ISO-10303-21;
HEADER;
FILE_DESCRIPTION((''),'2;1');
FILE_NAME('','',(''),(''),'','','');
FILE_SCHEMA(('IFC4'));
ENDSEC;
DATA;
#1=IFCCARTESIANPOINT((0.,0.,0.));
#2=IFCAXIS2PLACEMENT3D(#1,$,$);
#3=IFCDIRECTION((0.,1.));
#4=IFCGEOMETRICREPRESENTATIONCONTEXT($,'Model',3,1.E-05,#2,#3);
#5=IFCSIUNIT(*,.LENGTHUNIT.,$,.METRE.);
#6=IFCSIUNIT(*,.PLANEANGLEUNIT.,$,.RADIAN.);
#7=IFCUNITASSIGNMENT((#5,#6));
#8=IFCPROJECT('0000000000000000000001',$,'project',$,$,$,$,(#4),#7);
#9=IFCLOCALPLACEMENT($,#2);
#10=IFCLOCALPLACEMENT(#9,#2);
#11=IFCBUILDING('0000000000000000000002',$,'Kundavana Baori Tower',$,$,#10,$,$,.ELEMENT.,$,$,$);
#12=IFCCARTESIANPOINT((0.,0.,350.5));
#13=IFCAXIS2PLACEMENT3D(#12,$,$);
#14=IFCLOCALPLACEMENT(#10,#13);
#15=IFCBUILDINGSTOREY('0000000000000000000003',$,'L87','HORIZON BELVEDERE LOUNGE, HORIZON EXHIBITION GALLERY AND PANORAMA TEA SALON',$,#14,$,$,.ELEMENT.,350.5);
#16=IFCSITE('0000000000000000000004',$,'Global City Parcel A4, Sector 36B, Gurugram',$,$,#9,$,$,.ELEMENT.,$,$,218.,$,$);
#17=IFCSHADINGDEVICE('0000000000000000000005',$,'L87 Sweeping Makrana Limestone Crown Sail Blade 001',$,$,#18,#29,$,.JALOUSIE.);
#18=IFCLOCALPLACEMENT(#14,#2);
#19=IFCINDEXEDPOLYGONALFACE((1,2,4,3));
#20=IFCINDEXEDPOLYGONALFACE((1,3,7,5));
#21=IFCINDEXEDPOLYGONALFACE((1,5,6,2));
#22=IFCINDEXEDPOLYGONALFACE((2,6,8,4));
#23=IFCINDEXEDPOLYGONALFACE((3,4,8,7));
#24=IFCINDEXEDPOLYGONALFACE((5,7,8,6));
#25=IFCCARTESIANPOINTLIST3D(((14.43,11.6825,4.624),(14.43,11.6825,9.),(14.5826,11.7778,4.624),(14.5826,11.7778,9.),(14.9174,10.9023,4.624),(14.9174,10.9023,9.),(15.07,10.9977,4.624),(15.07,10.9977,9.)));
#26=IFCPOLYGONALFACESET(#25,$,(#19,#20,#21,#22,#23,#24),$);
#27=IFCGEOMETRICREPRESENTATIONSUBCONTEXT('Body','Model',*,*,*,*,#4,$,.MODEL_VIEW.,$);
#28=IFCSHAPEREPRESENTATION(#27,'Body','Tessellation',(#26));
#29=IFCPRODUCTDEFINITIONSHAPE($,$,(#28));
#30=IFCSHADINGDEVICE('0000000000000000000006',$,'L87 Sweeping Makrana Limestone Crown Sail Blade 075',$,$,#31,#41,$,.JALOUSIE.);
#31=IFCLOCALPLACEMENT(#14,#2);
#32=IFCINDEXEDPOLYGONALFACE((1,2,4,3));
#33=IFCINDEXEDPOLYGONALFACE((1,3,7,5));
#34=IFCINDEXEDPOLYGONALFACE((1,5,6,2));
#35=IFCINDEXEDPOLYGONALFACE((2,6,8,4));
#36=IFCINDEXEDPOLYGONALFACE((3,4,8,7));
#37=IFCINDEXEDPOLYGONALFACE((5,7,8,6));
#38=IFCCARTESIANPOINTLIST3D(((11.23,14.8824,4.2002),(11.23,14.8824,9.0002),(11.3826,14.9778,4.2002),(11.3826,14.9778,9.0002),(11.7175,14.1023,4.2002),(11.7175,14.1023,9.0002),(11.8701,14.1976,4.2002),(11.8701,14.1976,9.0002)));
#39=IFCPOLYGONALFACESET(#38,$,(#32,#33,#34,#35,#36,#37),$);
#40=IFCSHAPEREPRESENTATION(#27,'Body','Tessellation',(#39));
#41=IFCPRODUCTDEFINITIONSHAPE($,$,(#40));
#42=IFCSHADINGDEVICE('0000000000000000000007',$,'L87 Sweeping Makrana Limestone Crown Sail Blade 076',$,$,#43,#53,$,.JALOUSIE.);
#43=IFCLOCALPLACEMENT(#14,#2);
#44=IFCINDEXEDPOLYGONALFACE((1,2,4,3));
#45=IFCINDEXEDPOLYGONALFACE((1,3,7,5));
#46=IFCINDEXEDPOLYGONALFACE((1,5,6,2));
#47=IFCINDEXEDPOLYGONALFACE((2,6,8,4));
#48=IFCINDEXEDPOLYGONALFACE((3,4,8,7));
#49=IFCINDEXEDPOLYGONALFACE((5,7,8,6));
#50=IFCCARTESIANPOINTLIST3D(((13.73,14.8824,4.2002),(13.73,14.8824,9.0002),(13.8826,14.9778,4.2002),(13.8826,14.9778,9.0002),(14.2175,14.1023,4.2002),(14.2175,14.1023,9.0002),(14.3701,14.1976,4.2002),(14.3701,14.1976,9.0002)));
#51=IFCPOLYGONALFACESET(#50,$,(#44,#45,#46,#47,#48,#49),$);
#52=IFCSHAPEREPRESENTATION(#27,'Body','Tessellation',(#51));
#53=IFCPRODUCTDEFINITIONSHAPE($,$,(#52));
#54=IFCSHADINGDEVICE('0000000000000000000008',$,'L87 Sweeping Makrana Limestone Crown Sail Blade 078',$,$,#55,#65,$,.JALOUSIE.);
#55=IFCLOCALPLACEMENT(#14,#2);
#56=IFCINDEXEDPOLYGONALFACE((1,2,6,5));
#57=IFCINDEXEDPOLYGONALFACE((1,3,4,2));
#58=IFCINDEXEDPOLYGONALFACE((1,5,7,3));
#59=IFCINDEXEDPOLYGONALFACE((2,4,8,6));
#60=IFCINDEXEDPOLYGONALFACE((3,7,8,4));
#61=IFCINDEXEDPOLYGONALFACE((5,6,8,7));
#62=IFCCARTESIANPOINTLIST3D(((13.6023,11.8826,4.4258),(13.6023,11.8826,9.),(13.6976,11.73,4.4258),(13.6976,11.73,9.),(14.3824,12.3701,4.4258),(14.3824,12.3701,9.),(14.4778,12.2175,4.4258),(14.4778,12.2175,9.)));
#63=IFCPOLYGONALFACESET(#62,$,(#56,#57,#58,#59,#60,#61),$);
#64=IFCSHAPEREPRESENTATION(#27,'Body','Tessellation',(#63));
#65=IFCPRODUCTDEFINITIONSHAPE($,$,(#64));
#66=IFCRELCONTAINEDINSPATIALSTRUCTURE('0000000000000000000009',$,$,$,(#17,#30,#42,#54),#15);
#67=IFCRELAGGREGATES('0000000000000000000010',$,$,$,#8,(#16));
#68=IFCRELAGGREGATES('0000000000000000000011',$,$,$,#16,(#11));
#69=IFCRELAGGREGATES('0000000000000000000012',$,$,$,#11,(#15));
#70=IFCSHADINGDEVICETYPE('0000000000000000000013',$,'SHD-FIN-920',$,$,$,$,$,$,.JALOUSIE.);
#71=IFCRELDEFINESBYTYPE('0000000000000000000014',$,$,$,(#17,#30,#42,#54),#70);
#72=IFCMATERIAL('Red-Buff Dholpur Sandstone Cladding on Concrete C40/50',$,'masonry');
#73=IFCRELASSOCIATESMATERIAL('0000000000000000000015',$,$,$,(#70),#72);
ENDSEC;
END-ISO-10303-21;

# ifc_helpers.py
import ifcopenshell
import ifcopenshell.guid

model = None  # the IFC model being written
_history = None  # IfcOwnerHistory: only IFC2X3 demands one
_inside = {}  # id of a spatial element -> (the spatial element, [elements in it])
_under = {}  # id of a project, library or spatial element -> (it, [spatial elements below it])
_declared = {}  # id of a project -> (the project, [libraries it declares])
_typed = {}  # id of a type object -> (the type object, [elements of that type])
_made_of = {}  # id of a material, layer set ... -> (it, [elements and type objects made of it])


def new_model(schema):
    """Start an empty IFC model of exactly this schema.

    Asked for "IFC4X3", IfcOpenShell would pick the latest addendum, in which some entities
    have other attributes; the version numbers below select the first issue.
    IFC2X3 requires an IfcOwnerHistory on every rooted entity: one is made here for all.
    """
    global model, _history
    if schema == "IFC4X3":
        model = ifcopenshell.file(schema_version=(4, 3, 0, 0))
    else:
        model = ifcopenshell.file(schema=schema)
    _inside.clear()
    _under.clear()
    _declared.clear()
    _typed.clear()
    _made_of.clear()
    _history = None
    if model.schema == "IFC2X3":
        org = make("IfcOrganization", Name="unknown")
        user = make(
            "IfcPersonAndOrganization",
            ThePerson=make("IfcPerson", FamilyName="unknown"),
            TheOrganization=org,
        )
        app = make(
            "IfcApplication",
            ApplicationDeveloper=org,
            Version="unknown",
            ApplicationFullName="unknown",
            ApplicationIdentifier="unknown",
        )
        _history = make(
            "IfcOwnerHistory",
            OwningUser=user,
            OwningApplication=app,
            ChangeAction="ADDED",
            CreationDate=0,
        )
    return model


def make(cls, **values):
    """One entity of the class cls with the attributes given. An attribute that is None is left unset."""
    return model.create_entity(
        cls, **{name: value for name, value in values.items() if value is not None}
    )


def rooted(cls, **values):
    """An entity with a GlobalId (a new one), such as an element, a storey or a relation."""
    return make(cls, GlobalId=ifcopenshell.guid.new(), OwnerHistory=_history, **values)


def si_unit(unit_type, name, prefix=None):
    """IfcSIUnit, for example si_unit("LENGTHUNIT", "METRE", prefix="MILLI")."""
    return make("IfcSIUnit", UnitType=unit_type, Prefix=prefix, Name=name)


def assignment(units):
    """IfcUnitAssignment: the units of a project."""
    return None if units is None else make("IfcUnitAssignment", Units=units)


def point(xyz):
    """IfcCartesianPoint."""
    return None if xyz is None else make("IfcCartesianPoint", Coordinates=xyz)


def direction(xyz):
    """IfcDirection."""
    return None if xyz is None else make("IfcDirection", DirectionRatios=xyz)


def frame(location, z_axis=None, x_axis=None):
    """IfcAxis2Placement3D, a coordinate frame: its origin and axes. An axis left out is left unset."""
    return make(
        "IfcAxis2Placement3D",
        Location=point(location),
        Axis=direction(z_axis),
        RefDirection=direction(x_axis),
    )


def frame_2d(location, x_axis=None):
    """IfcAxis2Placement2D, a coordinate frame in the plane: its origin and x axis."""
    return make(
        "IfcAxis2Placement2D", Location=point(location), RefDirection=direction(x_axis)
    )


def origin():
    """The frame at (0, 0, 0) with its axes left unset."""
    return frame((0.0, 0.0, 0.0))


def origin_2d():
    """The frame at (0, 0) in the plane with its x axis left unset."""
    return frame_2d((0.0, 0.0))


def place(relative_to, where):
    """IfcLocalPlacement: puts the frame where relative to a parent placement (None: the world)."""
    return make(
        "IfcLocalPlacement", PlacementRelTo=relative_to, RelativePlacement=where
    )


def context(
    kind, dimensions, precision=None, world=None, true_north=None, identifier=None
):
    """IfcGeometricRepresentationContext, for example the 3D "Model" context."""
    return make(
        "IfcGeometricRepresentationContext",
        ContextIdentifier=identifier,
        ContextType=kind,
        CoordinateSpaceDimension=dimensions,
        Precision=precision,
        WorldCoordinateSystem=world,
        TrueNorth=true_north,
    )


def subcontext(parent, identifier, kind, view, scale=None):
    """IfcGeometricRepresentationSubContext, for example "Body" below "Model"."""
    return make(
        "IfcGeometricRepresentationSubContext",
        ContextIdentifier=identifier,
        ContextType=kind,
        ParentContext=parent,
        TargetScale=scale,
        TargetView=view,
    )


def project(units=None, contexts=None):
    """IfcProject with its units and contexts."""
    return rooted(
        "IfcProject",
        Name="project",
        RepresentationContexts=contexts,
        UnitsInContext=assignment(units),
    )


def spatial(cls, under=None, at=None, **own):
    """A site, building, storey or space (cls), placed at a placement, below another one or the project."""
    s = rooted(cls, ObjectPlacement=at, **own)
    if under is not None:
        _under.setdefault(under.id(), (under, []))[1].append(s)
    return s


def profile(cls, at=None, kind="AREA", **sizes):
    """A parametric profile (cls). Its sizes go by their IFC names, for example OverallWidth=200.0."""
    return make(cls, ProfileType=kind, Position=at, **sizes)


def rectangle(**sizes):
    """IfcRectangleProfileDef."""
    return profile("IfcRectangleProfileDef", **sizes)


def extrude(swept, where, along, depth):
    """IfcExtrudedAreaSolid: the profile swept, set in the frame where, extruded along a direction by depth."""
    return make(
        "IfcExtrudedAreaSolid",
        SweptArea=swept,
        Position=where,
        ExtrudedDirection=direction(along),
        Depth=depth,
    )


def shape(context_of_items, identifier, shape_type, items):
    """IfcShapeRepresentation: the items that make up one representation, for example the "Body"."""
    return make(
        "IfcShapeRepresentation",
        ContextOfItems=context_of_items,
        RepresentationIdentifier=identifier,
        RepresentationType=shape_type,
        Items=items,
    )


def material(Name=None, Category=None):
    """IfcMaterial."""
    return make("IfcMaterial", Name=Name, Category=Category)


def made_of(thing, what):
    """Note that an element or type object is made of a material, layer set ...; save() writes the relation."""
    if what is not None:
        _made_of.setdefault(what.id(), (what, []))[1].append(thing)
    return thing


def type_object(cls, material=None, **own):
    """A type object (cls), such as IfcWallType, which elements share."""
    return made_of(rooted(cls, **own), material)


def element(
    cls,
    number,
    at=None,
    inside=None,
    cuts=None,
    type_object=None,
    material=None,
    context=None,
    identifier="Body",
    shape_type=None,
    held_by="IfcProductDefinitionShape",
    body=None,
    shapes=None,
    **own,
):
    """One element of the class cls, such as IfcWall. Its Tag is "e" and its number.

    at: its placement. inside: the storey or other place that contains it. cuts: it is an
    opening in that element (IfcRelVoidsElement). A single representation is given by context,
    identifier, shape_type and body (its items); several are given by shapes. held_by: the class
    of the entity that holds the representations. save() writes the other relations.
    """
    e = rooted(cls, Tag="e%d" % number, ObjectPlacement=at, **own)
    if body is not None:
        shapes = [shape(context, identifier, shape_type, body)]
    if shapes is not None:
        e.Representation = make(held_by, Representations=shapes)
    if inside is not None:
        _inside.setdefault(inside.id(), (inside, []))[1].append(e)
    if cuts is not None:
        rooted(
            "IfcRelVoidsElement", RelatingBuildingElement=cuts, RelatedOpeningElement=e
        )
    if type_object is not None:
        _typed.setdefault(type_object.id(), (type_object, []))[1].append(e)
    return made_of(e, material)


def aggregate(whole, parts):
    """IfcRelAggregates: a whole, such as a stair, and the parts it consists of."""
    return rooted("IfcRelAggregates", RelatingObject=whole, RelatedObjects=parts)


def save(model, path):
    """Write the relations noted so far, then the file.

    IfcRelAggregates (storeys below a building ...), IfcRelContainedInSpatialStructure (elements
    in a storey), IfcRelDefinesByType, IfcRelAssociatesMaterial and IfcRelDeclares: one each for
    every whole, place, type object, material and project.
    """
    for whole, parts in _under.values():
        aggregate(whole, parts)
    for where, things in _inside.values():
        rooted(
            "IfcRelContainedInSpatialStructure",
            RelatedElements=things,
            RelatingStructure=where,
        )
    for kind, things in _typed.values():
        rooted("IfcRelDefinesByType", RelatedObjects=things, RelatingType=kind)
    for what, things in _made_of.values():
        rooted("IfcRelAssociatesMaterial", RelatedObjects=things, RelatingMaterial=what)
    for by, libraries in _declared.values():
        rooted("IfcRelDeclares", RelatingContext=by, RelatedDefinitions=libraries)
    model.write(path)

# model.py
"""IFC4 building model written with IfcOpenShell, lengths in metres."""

from ifc_helpers import new_model, si_unit, direction, frame, origin, origin_2d, place, context, subcontext, project, spatial, rectangle, extrude, material, type_object, element, save


model = new_model("IFC4")

# Units and contexts
model_context = context("Model", 3, precision=1e-05, world=origin(), true_north=direction((0.0, 1.0)))
body_context = subcontext(model_context, "Body", "Model", "MODEL_VIEW")
ifc_project = project(units=[si_unit("LENGTHUNIT", "METRE"), si_unit("PLANEANGLEUNIT", "RADIAN")], contexts=[model_context])

# Site, building, storey
site_placement = place(None, origin())
site = spatial("IfcSite", under=ifc_project, at=site_placement, Name="Global City Parcel A4, Sector 36B, Gurugram", CompositionType="ELEMENT", RefElevation=218.0)
building_placement = place(site_placement, origin())
building = spatial("IfcBuilding", under=site, at=building_placement, Name="Kundavana Baori Tower", CompositionType="ELEMENT")
storey_placement = place(building_placement, frame((0.0, 0.0, 350.5)))
storey = spatial("IfcBuildingStorey", under=building, at=storey_placement, Name="L87", Description="HORIZON BELVEDERE LOUNGE, HORIZON EXHIBITION GALLERY AND PANORAMA TEA SALON", CompositionType="ELEMENT", Elevation=350.5)

# Shading devices
ifc_material_1 = material(Name="Red-Buff Dholpur Sandstone Cladding on Concrete C40/50", Category="masonry")
shading_device_type = type_object("IfcShadingDeviceType", Name="SHD-FIN-920", PredefinedType="JALOUSIE", material=ifc_material_1)
shading_device_1_placement = place(storey_placement, frame((14.75, 11.3401, 4.624), z_axis=(0.0, 0.0, 1.0), x_axis=(0.848048, 0.529919, 0.0)))
element("IfcShadingDevice", 1, at=shading_device_1_placement, inside=storey, type_object=shading_device_type, Name="L87 Sweeping Makrana Limestone Crown Sail Blade 001", PredefinedType="JALOUSIE", context=body_context, shape_type="SweptSolid", body=[
    extrude(rectangle(XDim=0.1799, YDim=0.9199, at=origin_2d()), origin(), (0.0, 0.0, 1.0), 4.376),
])
for number, where, z_axis, x_axis, name in (
    (2, (11.55, 14.54, 4.2002), (0.0, 0.0, 1.0), (0.848048, 0.529919, 0.0), "L87 Sweeping Makrana Limestone Crown Sail Blade 075"),
    (3, (14.05, 14.54, 4.2002), (0.0, 0.0, 1.0), (0.848048, 0.529919, 0.0), "L87 Sweeping Makrana Limestone Crown Sail Blade 076"),
):
    element("IfcShadingDevice", number, at=place(storey_placement, frame(where, z_axis=z_axis, x_axis=x_axis)), inside=storey, type_object=shading_device_type, Name=name, PredefinedType="JALOUSIE", context=body_context, shape_type="SweptSolid", body=[
        extrude(rectangle(XDim=0.1799, YDim=0.9199, at=origin_2d()), origin(), (0.0, 0.0, 1.0), 4.8),
    ])
shading_device_2_placement = place(storey_placement, frame((14.04, 12.05, 4.4258), z_axis=(0.0, 0.0, 1.0), x_axis=(-0.529919, 0.848048, 0.0)))
element("IfcShadingDevice", 4, at=shading_device_2_placement, inside=storey, type_object=shading_device_type, Name="L87 Sweeping Makrana Limestone Crown Sail Blade 078", PredefinedType="JALOUSIE", context=body_context, shape_type="SweptSolid", body=[
    extrude(rectangle(XDim=0.1799, YDim=0.9199, at=origin_2d()), origin(), (0.0, 0.0, 1.0), 4.5742),
])

save(model, "model.ifc")
